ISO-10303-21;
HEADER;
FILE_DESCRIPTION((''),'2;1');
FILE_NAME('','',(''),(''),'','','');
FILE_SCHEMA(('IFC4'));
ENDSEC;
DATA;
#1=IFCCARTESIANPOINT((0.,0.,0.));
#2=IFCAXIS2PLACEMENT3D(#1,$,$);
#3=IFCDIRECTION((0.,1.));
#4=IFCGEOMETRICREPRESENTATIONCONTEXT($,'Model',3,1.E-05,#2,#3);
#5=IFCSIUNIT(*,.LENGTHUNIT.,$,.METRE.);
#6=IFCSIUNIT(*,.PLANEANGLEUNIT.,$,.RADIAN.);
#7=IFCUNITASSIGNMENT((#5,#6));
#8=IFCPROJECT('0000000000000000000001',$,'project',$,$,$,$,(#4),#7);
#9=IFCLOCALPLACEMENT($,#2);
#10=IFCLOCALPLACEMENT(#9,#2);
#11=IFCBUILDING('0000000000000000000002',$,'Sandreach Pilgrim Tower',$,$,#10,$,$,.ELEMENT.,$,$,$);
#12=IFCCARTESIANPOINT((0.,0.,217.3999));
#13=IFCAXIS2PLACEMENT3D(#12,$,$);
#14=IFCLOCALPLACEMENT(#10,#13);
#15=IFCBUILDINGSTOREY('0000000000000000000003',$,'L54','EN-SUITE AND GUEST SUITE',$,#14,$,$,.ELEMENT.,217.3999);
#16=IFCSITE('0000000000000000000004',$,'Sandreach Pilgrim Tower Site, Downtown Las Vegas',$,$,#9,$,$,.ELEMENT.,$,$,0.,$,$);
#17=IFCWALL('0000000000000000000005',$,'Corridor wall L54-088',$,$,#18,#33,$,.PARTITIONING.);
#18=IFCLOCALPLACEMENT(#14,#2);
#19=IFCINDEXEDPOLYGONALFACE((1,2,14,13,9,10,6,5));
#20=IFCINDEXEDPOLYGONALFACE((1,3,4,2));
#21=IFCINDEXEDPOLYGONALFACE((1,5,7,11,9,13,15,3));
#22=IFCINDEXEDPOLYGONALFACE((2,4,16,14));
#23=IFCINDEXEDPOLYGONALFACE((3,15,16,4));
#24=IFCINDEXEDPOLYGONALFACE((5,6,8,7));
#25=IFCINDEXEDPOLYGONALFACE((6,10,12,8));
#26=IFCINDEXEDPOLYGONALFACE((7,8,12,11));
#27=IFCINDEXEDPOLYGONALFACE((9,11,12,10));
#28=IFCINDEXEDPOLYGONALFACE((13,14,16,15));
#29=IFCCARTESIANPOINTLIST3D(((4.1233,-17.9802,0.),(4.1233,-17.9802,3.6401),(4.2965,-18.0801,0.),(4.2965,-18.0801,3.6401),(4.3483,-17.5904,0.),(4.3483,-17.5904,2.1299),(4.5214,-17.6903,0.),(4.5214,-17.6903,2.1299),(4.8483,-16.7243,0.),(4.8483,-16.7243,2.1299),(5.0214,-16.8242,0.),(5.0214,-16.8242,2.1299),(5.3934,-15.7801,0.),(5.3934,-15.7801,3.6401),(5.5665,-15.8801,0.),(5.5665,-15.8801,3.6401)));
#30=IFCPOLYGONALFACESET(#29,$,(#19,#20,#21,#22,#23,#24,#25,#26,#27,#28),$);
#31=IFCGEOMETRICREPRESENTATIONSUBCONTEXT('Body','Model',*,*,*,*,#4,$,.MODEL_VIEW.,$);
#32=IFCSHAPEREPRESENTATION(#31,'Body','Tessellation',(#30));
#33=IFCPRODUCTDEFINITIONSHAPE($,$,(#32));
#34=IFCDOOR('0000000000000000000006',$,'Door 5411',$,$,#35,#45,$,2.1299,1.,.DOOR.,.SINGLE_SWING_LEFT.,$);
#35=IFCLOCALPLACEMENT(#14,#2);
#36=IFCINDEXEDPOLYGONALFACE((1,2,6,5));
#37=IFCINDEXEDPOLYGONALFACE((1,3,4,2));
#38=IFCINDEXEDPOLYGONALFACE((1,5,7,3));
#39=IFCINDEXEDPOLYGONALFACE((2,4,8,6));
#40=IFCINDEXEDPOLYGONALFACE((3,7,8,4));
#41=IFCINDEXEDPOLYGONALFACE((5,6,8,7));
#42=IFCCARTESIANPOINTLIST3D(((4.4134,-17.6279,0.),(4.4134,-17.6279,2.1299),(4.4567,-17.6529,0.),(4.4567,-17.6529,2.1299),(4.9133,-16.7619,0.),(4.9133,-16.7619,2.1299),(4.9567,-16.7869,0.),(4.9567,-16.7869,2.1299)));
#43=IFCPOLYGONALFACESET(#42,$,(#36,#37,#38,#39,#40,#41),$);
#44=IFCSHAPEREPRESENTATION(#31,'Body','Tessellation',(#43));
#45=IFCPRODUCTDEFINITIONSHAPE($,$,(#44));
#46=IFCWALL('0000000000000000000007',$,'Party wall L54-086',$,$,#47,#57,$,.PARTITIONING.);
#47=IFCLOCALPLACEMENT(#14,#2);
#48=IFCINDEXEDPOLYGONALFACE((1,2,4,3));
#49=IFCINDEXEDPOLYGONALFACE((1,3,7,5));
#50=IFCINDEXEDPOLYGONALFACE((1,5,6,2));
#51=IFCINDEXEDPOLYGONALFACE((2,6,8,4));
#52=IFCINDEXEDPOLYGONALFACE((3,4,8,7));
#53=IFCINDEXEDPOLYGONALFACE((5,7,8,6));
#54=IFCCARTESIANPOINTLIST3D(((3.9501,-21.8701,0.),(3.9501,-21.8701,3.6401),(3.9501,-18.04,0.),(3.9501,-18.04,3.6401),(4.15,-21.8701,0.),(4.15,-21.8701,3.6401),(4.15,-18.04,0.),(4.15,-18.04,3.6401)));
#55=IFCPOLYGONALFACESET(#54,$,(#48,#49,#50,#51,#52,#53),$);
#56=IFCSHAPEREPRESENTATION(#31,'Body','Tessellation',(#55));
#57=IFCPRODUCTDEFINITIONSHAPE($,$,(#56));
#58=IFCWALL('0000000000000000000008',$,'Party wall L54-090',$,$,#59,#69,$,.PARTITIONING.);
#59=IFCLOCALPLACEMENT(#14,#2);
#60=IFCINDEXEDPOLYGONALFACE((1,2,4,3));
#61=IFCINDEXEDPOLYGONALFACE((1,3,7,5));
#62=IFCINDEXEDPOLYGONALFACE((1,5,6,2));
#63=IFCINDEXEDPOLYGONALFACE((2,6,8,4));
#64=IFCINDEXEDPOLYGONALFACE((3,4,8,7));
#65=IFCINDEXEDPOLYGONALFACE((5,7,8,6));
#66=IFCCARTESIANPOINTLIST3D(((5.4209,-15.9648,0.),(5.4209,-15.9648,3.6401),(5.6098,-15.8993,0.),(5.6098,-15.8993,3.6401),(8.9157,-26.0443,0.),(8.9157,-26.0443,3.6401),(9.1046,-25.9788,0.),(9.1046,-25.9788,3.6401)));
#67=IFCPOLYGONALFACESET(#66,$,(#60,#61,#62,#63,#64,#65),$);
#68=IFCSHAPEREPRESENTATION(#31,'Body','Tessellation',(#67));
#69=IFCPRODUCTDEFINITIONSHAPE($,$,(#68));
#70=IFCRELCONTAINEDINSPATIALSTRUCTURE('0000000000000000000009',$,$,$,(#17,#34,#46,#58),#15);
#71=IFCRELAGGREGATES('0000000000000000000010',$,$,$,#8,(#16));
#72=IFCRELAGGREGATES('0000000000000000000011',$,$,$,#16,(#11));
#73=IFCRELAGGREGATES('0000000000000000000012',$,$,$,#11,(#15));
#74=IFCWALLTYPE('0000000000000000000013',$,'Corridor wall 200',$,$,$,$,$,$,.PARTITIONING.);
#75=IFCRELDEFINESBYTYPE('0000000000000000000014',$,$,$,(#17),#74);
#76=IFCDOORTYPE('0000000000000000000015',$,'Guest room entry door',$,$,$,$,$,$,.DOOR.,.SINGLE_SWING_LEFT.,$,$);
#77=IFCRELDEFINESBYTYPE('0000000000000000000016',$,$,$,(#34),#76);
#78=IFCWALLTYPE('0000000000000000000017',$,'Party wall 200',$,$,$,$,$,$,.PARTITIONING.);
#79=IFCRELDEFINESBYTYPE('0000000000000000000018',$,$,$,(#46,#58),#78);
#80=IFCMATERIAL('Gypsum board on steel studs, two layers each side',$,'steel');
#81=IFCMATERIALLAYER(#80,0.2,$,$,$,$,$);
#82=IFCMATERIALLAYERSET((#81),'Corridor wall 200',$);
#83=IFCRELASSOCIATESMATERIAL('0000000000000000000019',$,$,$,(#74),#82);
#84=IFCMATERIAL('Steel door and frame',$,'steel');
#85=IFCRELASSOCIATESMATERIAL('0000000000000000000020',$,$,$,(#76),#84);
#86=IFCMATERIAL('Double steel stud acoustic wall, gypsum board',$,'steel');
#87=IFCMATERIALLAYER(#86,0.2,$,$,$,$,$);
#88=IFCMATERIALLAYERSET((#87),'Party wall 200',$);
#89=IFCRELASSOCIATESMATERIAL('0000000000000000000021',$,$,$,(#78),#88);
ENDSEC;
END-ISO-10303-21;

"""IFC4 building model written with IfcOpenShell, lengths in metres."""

from ifc_helpers import new_model, si_unit, direction, frame, frame_2d, origin, place, context, subcontext, project, spatial, rectangle, extrude, material, layer, layer_set, type_object, element, fill, save


model = new_model("IFC4")

# Units and contexts
model_context = context("Model", 3, precision=1e-05, world=origin(), true_north=direction((0.0, 1.0)))
body_context = subcontext(model_context, "Body", "Model", "MODEL_VIEW")
ifc_project = project(units=[si_unit("LENGTHUNIT", "METRE"), si_unit("PLANEANGLEUNIT", "RADIAN")], contexts=[model_context])

# Site, building, storey
site_placement = place(None, origin())
site = spatial("IfcSite", under=ifc_project, at=site_placement, Name="Sandreach Pilgrim Tower Site, Downtown Las Vegas", CompositionType="ELEMENT", RefElevation=0.0)
building_placement = place(site_placement, origin())
building = spatial("IfcBuilding", under=site, at=building_placement, Name="Sandreach Pilgrim Tower", CompositionType="ELEMENT")
storey_placement = place(building_placement, frame((0.0, 0.0, 217.3999)))
storey = spatial("IfcBuildingStorey", under=building, at=storey_placement, Name="L54", Description="EN-SUITE AND GUEST SUITE", CompositionType="ELEMENT", Elevation=217.3999)

# Shared definitions
ifc_material_1 = material(Name="Gypsum board on steel studs, two layers each side", Category="steel")
ifc_layer_1 = layer(ifc_material_1, 0.2)
ifc_layer_set_1 = layer_set([ifc_layer_1], Name="Corridor wall 200")
wall_type_1 = type_object("IfcWallType", Name="Corridor wall 200", PredefinedType="PARTITIONING", material=ifc_layer_set_1)
ifc_material_2 = material(Name="Steel door and frame", Category="steel")
door_type_1 = type_object("IfcDoorType", Name="Guest room entry door", OperationType="SINGLE_SWING_LEFT", PredefinedType="DOOR", material=ifc_material_2)

# Wall, opening, door
wall_1_placement = place(storey_placement, frame((4.21, -18.03, 0.0), z_axis=(0.0, 0.0, 1.0), x_axis=(0.499964, 0.866046, 0.0)))
wall_1 = element("IfcWall", 1, at=wall_1_placement, inside=storey, type_object=wall_type_1, Name="Corridor wall L54-088", PredefinedType="PARTITIONING", context=body_context, shape_type="SweptSolid", body=[
    extrude(rectangle(XDim=2.5403, YDim=0.2, at=frame_2d((1.27, 0.0))), origin(), (0.0, 0.0, 1.0), 3.6401),
])
opening_1_placement = place(wall_1_placement, frame((0.45, 0.0, 0.0)))
opening_1 = element("IfcOpeningElement", 2, at=opening_1_placement, cuts=wall_1, PredefinedType="OPENING", context=body_context, shape_type="SweptSolid", body=[
    extrude(rectangle(XDim=1.0, YDim=2.1299, at=frame_2d((0.5, 1.0649))), frame((0.0, 0.1001, 0.0), z_axis=(0.0, -1.0, 0.0), x_axis=(1.0, 0.0, 0.0)), (0.0, 0.0, 1.0), 0.2),
])
door_1_placement = place(opening_1_placement, origin())
door_1 = element("IfcDoor", 3, at=door_1_placement, inside=storey, type_object=door_type_1, Name="Door 5411", OperationType="SINGLE_SWING_LEFT", OverallHeight=2.1299, OverallWidth=1.0, PredefinedType="DOOR", context=body_context, shape_type="SweptSolid", body=[
    extrude(rectangle(XDim=1.0, YDim=2.1299, at=frame_2d((0.5, 1.0649))), frame((0.0, 0.0249, 0.0), z_axis=(0.0, -1.0, 0.0), x_axis=(1.0, 0.0, 0.0)), (0.0, 0.0, 1.0), 0.05),
])
fill(opening_1, door_1)

# Walls
ifc_material_3 = material(Name="Double steel stud acoustic wall, gypsum board", Category="steel")
ifc_layer_2 = layer(ifc_material_3, 0.2)
ifc_layer_set_2 = layer_set([ifc_layer_2], Name="Party wall 200")
wall_type_2 = type_object("IfcWallType", Name="Party wall 200", PredefinedType="PARTITIONING", material=ifc_layer_set_2)
wall_2_placement = place(storey_placement, frame((4.05, -21.8701, 0.0), z_axis=(0.0, 0.0, 1.0), x_axis=(0.0, 1.0, 0.0)))
element("IfcWall", 4, at=wall_2_placement, inside=storey, type_object=wall_type_2, Name="Party wall L54-086", PredefinedType="PARTITIONING", context=body_context, shape_type="SweptSolid", body=[
    extrude(rectangle(XDim=3.8301, YDim=0.2, at=frame_2d((1.915, 0.0))), origin(), (0.0, 0.0, 1.0), 3.6401),
])
wall_3_placement = place(storey_placement, frame((5.5154, -15.9321, 0.0), z_axis=(0.0, 0.0, 1.0), x_axis=(0.327595, -0.944818, 0.0)))
element("IfcWall", 5, at=wall_3_placement, inside=storey, type_object=wall_type_2, Name="Party wall L54-090", PredefinedType="PARTITIONING", context=body_context, shape_type="SweptSolid", body=[
    extrude(rectangle(XDim=10.6682, YDim=0.2, at=frame_2d((5.334, 0.0))), origin(), (0.0, 0.0, 1.0), 3.6401),
])

save(model, "model.ifc")
